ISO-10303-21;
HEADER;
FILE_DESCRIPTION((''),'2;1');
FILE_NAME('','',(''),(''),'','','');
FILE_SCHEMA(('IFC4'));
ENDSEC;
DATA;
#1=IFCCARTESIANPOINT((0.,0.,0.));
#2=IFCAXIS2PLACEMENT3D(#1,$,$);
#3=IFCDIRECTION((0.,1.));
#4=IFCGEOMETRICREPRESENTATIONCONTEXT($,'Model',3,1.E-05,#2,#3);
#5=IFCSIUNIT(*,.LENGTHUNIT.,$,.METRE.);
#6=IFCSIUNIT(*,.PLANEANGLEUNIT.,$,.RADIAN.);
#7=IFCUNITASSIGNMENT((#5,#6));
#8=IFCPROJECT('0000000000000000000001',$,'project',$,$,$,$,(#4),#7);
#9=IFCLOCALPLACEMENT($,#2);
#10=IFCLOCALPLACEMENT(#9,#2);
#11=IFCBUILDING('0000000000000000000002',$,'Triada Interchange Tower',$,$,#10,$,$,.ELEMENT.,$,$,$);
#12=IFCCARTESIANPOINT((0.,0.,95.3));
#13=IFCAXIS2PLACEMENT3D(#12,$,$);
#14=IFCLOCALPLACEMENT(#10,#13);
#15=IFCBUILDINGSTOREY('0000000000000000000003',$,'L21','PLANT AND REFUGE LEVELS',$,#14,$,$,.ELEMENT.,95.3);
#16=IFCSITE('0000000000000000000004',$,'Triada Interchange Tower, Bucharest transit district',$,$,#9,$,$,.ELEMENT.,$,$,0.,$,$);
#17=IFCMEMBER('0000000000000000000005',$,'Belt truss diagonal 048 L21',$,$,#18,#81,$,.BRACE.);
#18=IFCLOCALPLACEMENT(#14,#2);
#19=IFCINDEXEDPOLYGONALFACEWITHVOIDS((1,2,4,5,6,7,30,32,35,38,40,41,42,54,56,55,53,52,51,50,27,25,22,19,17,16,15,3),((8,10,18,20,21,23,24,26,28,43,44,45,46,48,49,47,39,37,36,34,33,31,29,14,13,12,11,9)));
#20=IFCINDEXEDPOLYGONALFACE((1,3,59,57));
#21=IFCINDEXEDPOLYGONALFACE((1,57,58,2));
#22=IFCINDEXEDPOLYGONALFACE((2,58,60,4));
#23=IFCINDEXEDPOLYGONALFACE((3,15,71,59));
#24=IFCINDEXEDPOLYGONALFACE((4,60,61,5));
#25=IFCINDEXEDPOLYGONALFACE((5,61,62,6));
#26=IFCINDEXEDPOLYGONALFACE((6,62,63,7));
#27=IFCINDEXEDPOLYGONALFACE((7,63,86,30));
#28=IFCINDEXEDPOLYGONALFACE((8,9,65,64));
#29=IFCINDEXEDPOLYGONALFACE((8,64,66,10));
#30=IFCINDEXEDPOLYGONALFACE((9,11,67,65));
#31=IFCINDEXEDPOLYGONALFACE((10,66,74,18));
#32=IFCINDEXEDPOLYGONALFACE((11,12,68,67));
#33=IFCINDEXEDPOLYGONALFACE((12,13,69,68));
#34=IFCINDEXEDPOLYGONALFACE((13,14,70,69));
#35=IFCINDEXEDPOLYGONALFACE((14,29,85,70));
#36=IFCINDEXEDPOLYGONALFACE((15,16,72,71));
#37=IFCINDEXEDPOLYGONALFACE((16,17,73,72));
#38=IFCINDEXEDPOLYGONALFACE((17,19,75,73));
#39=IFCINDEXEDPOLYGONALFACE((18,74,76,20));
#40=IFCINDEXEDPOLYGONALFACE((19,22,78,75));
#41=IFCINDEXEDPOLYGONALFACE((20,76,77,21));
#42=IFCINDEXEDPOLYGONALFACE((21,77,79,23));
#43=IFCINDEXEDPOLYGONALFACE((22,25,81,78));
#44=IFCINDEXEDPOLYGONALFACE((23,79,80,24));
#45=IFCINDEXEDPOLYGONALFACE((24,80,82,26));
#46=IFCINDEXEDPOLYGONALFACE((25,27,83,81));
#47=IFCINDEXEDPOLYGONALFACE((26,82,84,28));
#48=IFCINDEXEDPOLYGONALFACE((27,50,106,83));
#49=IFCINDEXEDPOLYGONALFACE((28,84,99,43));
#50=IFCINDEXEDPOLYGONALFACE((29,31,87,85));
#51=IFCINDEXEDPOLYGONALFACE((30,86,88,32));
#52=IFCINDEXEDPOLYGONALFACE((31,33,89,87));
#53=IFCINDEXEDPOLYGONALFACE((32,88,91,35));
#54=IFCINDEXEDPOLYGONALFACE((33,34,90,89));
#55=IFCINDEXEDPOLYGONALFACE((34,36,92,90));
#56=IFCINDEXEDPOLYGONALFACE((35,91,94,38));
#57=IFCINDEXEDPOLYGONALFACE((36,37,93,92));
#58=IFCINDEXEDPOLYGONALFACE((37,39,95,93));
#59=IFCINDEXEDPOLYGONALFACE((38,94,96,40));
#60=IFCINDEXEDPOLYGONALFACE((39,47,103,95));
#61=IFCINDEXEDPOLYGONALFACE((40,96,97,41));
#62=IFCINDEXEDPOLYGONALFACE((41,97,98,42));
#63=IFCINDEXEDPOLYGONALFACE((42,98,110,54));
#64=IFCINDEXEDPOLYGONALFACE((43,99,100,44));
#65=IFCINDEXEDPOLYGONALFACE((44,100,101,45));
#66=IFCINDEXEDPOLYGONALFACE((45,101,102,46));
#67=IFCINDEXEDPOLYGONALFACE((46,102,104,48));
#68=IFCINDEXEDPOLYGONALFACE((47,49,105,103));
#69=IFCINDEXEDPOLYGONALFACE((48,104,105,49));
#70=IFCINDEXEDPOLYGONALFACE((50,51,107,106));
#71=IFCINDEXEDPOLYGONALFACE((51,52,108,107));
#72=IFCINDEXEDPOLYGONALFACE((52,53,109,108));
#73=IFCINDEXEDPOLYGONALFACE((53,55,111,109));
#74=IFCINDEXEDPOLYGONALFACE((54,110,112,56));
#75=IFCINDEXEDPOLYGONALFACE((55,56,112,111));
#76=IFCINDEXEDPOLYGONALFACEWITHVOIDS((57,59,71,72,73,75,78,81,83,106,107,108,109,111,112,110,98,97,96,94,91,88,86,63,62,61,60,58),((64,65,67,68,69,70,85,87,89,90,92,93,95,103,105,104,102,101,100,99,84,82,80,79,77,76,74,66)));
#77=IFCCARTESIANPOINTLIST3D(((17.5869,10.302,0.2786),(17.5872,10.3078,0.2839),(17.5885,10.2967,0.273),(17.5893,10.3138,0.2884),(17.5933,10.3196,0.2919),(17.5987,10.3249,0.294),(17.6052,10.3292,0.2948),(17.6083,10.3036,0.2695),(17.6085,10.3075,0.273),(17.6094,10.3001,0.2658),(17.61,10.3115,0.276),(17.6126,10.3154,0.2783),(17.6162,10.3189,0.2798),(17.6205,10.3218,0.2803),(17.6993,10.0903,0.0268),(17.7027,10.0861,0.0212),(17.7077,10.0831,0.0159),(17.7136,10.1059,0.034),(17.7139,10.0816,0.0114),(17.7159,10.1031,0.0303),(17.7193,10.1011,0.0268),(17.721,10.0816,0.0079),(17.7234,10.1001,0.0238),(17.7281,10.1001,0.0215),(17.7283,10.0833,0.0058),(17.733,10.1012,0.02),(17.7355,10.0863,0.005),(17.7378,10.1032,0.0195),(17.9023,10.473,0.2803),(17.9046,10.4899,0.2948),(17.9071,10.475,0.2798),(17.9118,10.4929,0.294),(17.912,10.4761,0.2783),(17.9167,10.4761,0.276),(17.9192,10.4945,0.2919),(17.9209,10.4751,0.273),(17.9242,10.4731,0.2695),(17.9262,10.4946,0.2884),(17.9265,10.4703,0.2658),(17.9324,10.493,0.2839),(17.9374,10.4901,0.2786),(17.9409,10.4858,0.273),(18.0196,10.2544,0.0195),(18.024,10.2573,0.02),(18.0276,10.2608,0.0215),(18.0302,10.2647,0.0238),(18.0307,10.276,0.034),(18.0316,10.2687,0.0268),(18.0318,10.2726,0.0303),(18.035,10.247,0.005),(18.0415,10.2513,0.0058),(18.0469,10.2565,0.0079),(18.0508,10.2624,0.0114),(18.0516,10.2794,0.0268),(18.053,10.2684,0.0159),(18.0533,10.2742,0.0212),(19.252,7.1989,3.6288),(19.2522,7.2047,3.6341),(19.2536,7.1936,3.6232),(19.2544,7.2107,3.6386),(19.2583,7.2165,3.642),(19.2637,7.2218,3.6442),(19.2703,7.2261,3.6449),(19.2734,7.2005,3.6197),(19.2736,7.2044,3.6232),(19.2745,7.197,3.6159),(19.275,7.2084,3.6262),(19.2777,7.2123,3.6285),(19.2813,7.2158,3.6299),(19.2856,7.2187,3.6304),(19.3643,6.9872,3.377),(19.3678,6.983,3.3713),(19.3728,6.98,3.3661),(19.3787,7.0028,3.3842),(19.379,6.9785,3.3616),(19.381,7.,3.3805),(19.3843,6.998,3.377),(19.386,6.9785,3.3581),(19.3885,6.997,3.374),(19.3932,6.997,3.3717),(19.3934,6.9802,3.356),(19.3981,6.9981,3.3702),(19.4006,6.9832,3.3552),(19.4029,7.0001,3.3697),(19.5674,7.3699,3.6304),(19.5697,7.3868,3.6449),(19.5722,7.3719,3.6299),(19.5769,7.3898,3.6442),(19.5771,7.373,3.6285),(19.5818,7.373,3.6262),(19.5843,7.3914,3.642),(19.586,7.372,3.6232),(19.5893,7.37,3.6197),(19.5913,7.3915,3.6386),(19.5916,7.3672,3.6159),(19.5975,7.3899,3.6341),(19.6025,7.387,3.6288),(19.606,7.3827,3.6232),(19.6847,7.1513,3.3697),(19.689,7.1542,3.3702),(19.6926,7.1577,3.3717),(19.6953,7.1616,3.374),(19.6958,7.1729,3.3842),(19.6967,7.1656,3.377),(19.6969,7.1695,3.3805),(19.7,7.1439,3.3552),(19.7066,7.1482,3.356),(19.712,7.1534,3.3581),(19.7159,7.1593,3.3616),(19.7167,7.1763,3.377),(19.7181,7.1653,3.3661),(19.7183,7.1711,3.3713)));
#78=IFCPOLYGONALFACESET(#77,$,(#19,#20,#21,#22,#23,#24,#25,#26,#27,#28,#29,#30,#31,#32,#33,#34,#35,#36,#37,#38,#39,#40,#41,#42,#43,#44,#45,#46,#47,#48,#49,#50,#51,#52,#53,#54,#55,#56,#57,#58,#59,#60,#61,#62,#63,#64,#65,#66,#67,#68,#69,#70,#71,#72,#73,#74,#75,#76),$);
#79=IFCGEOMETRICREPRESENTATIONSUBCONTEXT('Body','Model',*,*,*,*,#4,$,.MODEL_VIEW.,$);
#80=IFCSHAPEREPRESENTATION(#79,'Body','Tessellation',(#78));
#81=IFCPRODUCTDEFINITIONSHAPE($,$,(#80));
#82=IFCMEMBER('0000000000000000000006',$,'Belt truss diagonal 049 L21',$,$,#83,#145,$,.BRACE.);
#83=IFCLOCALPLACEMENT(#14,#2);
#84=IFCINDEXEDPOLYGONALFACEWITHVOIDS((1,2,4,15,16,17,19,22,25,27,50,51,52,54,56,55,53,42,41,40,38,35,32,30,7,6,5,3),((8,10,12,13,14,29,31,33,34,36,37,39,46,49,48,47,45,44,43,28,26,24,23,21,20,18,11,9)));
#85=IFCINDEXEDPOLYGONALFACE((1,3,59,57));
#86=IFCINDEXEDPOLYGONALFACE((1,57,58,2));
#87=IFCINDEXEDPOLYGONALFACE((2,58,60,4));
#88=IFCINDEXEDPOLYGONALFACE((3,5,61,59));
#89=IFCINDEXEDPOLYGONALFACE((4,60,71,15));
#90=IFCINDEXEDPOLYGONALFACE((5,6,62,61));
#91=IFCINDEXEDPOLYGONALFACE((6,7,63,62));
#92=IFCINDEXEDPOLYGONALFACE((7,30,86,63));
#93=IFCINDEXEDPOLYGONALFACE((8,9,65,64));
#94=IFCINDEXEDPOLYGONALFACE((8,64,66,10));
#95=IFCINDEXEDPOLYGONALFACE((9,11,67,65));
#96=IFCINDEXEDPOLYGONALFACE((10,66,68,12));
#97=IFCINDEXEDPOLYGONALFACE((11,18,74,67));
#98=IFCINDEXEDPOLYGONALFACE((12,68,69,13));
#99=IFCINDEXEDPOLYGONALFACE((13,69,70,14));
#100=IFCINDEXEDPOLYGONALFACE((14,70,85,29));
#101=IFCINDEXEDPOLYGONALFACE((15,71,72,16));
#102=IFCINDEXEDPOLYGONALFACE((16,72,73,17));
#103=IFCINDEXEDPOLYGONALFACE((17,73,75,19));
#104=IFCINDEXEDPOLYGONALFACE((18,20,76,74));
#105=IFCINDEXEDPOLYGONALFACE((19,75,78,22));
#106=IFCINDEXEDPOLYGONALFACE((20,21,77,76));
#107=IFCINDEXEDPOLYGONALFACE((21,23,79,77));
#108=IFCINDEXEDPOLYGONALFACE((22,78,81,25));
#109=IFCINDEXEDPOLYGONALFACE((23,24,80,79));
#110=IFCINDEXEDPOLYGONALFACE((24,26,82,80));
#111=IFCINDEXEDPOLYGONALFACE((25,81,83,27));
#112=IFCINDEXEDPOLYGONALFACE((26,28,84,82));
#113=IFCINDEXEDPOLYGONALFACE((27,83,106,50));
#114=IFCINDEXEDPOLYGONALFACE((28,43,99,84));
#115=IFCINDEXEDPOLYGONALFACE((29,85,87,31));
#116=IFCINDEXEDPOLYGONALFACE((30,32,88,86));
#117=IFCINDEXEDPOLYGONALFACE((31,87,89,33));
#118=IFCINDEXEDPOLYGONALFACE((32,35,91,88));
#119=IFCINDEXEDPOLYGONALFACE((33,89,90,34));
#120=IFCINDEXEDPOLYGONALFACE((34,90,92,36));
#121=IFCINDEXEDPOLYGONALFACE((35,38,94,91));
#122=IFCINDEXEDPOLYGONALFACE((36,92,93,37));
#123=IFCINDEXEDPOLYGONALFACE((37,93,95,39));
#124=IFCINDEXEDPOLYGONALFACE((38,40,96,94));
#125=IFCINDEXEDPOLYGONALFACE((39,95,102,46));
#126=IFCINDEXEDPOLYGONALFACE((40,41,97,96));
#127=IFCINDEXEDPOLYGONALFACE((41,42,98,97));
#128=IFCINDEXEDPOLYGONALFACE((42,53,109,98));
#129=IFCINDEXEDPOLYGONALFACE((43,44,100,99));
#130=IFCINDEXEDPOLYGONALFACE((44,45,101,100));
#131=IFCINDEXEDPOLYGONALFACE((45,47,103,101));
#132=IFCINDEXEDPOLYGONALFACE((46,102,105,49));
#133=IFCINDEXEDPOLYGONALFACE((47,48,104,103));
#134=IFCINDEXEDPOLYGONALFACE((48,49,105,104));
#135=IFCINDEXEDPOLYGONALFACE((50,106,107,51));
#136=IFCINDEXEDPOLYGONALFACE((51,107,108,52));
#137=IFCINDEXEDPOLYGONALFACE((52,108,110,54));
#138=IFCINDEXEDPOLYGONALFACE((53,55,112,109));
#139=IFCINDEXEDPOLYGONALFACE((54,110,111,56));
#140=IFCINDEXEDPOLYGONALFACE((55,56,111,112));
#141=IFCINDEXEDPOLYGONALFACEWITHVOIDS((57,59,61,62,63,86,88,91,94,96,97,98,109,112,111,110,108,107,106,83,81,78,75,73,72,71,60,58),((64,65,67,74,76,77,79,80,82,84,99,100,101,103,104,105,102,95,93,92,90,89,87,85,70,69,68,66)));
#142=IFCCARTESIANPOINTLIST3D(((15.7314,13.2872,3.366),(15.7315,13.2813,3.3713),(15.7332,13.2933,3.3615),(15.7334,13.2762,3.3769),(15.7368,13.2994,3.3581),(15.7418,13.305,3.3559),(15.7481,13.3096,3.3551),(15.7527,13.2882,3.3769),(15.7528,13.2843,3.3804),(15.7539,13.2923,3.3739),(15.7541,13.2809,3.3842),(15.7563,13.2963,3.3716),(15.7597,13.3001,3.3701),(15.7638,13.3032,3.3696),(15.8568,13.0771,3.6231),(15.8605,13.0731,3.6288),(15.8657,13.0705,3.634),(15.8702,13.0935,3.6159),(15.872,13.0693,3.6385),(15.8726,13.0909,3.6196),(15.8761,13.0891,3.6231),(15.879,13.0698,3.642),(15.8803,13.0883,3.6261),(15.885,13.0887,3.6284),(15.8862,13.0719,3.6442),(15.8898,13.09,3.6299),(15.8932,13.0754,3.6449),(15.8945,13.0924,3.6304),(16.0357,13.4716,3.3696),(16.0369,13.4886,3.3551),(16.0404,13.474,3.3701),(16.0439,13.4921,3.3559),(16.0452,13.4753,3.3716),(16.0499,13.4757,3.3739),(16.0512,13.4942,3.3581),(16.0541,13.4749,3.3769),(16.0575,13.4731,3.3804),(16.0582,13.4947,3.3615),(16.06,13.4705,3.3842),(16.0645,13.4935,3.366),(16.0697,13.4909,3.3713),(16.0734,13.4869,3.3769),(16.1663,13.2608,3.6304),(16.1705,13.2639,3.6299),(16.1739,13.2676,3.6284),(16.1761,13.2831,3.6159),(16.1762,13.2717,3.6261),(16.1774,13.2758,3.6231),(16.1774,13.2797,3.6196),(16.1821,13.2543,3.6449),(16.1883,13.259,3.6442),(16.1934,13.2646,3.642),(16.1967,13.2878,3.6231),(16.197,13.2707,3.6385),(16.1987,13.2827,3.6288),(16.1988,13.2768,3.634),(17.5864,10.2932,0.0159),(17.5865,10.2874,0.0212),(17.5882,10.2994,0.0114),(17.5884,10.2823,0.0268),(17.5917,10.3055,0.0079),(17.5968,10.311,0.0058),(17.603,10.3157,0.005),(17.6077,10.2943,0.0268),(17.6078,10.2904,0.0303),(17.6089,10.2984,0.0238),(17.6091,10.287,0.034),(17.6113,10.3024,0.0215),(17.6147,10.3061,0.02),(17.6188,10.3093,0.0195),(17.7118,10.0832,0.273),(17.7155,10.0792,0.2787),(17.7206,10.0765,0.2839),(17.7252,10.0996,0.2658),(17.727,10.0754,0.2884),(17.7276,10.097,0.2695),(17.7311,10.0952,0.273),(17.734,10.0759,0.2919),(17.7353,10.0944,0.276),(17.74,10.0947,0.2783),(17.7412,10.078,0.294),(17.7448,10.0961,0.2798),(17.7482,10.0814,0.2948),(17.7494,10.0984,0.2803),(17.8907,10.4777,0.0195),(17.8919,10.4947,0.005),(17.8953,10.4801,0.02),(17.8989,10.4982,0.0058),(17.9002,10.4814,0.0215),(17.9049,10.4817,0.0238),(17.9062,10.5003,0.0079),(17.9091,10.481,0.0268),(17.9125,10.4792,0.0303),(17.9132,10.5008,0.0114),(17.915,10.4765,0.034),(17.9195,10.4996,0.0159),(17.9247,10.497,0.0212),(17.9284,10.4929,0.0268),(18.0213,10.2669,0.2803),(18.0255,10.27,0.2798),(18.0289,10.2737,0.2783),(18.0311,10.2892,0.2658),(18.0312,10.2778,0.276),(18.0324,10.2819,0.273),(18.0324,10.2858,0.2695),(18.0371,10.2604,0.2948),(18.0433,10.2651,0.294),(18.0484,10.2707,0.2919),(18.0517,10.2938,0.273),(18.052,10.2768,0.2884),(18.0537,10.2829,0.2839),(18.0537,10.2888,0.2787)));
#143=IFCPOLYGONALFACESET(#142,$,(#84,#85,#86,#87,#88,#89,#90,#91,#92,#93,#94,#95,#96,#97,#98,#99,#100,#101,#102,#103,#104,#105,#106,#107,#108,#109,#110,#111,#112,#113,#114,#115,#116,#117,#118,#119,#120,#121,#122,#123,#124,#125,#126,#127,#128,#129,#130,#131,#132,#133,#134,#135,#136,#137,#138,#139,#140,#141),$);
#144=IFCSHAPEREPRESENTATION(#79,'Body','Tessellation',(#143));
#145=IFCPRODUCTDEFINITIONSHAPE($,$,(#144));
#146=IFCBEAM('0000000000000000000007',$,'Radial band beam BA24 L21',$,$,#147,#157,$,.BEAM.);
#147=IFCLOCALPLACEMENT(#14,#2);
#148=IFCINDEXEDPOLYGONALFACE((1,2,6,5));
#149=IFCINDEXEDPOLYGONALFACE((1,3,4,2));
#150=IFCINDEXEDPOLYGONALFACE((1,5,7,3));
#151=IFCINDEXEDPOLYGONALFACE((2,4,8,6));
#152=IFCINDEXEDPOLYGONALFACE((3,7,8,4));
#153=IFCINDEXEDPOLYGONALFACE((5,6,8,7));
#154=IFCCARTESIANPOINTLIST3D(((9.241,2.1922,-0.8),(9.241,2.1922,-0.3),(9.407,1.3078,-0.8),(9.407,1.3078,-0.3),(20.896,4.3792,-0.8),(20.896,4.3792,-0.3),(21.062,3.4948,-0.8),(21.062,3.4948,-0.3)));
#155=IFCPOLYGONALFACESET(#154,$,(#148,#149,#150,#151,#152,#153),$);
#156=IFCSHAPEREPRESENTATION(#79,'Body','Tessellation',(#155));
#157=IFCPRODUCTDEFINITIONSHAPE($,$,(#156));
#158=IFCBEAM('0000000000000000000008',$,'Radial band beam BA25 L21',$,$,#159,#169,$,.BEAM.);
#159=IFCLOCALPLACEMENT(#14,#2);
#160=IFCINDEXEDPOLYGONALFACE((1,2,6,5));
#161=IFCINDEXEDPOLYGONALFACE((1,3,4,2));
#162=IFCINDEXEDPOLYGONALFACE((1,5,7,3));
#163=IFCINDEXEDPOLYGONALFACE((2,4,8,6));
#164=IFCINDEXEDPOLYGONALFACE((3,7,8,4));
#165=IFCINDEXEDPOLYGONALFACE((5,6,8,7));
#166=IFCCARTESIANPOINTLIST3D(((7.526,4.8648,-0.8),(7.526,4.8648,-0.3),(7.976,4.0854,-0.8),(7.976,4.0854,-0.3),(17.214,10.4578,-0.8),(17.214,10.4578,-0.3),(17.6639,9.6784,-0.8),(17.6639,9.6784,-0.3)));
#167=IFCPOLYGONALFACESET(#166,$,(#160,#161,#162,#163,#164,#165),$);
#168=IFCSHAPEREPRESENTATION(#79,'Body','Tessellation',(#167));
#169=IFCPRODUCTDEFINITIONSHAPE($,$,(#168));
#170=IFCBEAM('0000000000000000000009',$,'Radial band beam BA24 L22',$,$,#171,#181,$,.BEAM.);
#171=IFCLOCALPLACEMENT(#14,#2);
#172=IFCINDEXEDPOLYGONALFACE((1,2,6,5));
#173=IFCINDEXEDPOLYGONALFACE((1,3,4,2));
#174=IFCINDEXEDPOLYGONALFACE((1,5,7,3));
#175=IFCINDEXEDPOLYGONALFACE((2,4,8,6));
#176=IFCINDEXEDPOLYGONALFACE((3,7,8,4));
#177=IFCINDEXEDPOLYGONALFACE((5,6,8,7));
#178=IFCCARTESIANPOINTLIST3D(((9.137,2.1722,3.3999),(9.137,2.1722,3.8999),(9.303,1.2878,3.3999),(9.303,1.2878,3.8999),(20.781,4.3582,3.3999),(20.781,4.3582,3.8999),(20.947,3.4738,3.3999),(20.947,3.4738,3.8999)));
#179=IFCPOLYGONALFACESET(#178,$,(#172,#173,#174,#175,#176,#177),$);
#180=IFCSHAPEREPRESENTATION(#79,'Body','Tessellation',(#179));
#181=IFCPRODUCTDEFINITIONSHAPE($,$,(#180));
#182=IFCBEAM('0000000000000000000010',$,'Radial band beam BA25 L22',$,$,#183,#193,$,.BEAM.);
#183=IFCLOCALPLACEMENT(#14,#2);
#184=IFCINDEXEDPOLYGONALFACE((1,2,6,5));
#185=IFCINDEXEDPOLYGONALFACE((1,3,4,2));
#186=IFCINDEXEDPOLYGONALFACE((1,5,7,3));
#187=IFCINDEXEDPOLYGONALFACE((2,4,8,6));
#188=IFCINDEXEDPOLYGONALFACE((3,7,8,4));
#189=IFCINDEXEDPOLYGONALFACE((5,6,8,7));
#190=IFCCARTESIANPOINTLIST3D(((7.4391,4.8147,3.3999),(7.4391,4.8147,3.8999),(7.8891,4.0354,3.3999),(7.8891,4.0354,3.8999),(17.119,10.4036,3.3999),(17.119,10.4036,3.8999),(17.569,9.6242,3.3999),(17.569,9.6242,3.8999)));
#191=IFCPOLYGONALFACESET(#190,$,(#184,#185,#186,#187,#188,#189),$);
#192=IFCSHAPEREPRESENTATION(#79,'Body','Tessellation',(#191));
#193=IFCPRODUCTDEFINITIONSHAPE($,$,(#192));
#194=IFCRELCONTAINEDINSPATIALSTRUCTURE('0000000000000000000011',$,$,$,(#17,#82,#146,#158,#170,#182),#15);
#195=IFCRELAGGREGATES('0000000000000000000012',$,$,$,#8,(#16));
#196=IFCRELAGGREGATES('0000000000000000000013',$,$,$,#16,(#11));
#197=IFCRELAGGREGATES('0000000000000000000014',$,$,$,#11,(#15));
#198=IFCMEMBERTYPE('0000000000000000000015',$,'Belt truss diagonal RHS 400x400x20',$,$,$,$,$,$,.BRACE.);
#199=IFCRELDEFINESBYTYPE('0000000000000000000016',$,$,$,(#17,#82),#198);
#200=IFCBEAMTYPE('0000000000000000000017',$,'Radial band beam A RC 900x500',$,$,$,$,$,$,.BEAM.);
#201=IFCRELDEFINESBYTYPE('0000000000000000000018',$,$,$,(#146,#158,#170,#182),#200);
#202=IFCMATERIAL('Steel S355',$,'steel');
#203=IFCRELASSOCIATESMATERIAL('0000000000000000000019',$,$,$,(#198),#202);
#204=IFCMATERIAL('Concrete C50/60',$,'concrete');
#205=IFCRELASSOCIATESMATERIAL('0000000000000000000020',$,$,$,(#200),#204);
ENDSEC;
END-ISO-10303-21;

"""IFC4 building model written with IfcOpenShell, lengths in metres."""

from ifc_helpers import new_model, si_unit, direction, frame, origin, origin_2d, place, context, subcontext, project, spatial, rectangle, hollow_rectangle, extrude, material, material_profile, profile_set, type_object, element, save


model = new_model("IFC4")

# Units and contexts
model_context = context("Model", 3, precision=1e-05, world=origin(), true_north=direction((0.0, 1.0)))
body_context = subcontext(model_context, "Body", "Model", "MODEL_VIEW")
ifc_project = project(units=[si_unit("LENGTHUNIT", "METRE"), si_unit("PLANEANGLEUNIT", "RADIAN")], contexts=[model_context])

# Site, building, storey
site_placement = place(None, origin())
site = spatial("IfcSite", under=ifc_project, at=site_placement, Name="Triada Interchange Tower, Bucharest transit district", CompositionType="ELEMENT", RefElevation=0.0)
building_placement = place(site_placement, origin())
building = spatial("IfcBuilding", under=site, at=building_placement, Name="Triada Interchange Tower", CompositionType="ELEMENT")
storey_placement = place(building_placement, frame((0.0, 0.0, 95.3)))
storey = spatial("IfcBuildingStorey", under=building, at=storey_placement, Name="L21", Description="PLANT AND REFUGE LEVELS", CompositionType="ELEMENT", Elevation=95.3)

# Members
ifc_material_1 = material(Name="Steel S355", Category="steel")
ifc_material_profile_1 = material_profile(ifc_material_1, hollow_rectangle(XDim=0.3999, YDim=0.3999, WallThickness=0.02, InnerFilletRadius=0.02, OuterFilletRadius=0.03, at=origin_2d()), Name="RHS 400x400x20")
ifc_profile_set_1 = profile_set([ifc_material_profile_1], Name="Steel S355")
member_type = type_object("IfcMemberType", Name="Belt truss diagonal RHS 400x400x20", PredefinedType="BRACE", material=ifc_profile_set_1)
member_1_placement = place(storey_placement, frame((17.8201, 10.2881, 0.1499), z_axis=(0.342567, -0.63842, 0.689252), x_axis=(0.88116, 0.472818, 0.0)))
element("IfcMember", 1, at=member_1_placement, inside=storey, type_object=member_type, Name="Belt truss diagonal 048 L21", PredefinedType="BRACE", context=body_context, shape_type="SweptSolid", body=[
    extrude(hollow_rectangle(XDim=0.3999, YDim=0.3999, WallThickness=0.02, InnerFilletRadius=0.02, OuterFilletRadius=0.03, at=origin_2d()), origin(), (0.0, 0.0, 1.0), 4.8606),
])
member_2_placement = place(storey_placement, frame((17.8201, 10.2881, 0.1499), z_axis=(-0.381619, 0.615925, 0.689205), x_axis=(-0.85006, -0.526686, 0.0)))
element("IfcMember", 2, at=member_2_placement, inside=storey, type_object=member_type, Name="Belt truss diagonal 049 L21", PredefinedType="BRACE", context=body_context, shape_type="SweptSolid", body=[
    extrude(hollow_rectangle(XDim=0.3999, YDim=0.3999, WallThickness=0.02, InnerFilletRadius=0.02, OuterFilletRadius=0.03, at=origin_2d()), origin(), (0.0, 0.0, 1.0), 4.8608),
])

# Beams
ifc_material_2 = material(Name="Concrete C50/60", Category="concrete")
ifc_material_profile_2 = material_profile(ifc_material_2, rectangle(XDim=0.8999, YDim=0.5, at=origin_2d()), Name="RC 900x500")
ifc_profile_set_2 = profile_set([ifc_material_profile_2], Name="Concrete C50/60")
beam_type_1 = type_object("IfcBeamType", Name="Radial band beam A RC 900x500", PredefinedType="BEAM", material=ifc_profile_set_2)
beam_1_placement = place(storey_placement, frame((20.979, 3.937, -0.55), z_axis=(-0.982846, -0.184427, 0.0), x_axis=(0.184427, -0.982846, 0.0)))
element("IfcBeam", 3, at=beam_1_placement, inside=storey, type_object=beam_type_1, Name="Radial band beam BA24 L21", PredefinedType="BEAM", context=body_context, shape_type="SweptSolid", body=[
    extrude(rectangle(XDim=0.8999, YDim=0.5, at=origin_2d()), origin(), (0.0, 0.0, 1.0), 11.8584),
])
beam_2_placement = place(storey_placement, frame((17.439, 10.0681, -0.55), z_axis=(-0.866039, -0.499977, 0.0), x_axis=(0.499977, -0.866039, 0.0)))
element("IfcBeam", 4, at=beam_2_placement, inside=storey, type_object=beam_type_1, Name="Radial band beam BA25 L21", PredefinedType="BEAM", context=body_context, shape_type="SweptSolid", body=[
    extrude(rectangle(XDim=0.8999, YDim=0.5, at=origin_2d()), origin(), (0.0, 0.0, 1.0), 11.1865),
])
beam_3_placement = place(storey_placement, frame((20.864, 3.916, 3.6499), z_axis=(-0.98283, -0.184515, 0.0), x_axis=(0.184515, -0.98283, 0.0)))
element("IfcBeam", 5, at=beam_3_placement, inside=storey, type_object=beam_type_1, Name="Radial band beam BA24 L22", PredefinedType="BEAM", context=body_context, shape_type="SweptSolid", body=[
    extrude(rectangle(XDim=0.8999, YDim=0.5, at=origin_2d()), origin(), (0.0, 0.0, 1.0), 11.8474),
])
beam_4_placement = place(storey_placement, frame((17.344, 10.0139, 3.6499), z_axis=(-0.866019, -0.50001, 0.0), x_axis=(0.50001, -0.866019, 0.0)))
element("IfcBeam", 6, at=beam_4_placement, inside=storey, type_object=beam_type_1, Name="Radial band beam BA25 L22", PredefinedType="BEAM", context=body_context, shape_type="SweptSolid", body=[
    extrude(rectangle(XDim=0.8999, YDim=0.5, at=origin_2d()), origin(), (0.0, 0.0, 1.0), 11.1775),
])

save(model, "model.ifc")
